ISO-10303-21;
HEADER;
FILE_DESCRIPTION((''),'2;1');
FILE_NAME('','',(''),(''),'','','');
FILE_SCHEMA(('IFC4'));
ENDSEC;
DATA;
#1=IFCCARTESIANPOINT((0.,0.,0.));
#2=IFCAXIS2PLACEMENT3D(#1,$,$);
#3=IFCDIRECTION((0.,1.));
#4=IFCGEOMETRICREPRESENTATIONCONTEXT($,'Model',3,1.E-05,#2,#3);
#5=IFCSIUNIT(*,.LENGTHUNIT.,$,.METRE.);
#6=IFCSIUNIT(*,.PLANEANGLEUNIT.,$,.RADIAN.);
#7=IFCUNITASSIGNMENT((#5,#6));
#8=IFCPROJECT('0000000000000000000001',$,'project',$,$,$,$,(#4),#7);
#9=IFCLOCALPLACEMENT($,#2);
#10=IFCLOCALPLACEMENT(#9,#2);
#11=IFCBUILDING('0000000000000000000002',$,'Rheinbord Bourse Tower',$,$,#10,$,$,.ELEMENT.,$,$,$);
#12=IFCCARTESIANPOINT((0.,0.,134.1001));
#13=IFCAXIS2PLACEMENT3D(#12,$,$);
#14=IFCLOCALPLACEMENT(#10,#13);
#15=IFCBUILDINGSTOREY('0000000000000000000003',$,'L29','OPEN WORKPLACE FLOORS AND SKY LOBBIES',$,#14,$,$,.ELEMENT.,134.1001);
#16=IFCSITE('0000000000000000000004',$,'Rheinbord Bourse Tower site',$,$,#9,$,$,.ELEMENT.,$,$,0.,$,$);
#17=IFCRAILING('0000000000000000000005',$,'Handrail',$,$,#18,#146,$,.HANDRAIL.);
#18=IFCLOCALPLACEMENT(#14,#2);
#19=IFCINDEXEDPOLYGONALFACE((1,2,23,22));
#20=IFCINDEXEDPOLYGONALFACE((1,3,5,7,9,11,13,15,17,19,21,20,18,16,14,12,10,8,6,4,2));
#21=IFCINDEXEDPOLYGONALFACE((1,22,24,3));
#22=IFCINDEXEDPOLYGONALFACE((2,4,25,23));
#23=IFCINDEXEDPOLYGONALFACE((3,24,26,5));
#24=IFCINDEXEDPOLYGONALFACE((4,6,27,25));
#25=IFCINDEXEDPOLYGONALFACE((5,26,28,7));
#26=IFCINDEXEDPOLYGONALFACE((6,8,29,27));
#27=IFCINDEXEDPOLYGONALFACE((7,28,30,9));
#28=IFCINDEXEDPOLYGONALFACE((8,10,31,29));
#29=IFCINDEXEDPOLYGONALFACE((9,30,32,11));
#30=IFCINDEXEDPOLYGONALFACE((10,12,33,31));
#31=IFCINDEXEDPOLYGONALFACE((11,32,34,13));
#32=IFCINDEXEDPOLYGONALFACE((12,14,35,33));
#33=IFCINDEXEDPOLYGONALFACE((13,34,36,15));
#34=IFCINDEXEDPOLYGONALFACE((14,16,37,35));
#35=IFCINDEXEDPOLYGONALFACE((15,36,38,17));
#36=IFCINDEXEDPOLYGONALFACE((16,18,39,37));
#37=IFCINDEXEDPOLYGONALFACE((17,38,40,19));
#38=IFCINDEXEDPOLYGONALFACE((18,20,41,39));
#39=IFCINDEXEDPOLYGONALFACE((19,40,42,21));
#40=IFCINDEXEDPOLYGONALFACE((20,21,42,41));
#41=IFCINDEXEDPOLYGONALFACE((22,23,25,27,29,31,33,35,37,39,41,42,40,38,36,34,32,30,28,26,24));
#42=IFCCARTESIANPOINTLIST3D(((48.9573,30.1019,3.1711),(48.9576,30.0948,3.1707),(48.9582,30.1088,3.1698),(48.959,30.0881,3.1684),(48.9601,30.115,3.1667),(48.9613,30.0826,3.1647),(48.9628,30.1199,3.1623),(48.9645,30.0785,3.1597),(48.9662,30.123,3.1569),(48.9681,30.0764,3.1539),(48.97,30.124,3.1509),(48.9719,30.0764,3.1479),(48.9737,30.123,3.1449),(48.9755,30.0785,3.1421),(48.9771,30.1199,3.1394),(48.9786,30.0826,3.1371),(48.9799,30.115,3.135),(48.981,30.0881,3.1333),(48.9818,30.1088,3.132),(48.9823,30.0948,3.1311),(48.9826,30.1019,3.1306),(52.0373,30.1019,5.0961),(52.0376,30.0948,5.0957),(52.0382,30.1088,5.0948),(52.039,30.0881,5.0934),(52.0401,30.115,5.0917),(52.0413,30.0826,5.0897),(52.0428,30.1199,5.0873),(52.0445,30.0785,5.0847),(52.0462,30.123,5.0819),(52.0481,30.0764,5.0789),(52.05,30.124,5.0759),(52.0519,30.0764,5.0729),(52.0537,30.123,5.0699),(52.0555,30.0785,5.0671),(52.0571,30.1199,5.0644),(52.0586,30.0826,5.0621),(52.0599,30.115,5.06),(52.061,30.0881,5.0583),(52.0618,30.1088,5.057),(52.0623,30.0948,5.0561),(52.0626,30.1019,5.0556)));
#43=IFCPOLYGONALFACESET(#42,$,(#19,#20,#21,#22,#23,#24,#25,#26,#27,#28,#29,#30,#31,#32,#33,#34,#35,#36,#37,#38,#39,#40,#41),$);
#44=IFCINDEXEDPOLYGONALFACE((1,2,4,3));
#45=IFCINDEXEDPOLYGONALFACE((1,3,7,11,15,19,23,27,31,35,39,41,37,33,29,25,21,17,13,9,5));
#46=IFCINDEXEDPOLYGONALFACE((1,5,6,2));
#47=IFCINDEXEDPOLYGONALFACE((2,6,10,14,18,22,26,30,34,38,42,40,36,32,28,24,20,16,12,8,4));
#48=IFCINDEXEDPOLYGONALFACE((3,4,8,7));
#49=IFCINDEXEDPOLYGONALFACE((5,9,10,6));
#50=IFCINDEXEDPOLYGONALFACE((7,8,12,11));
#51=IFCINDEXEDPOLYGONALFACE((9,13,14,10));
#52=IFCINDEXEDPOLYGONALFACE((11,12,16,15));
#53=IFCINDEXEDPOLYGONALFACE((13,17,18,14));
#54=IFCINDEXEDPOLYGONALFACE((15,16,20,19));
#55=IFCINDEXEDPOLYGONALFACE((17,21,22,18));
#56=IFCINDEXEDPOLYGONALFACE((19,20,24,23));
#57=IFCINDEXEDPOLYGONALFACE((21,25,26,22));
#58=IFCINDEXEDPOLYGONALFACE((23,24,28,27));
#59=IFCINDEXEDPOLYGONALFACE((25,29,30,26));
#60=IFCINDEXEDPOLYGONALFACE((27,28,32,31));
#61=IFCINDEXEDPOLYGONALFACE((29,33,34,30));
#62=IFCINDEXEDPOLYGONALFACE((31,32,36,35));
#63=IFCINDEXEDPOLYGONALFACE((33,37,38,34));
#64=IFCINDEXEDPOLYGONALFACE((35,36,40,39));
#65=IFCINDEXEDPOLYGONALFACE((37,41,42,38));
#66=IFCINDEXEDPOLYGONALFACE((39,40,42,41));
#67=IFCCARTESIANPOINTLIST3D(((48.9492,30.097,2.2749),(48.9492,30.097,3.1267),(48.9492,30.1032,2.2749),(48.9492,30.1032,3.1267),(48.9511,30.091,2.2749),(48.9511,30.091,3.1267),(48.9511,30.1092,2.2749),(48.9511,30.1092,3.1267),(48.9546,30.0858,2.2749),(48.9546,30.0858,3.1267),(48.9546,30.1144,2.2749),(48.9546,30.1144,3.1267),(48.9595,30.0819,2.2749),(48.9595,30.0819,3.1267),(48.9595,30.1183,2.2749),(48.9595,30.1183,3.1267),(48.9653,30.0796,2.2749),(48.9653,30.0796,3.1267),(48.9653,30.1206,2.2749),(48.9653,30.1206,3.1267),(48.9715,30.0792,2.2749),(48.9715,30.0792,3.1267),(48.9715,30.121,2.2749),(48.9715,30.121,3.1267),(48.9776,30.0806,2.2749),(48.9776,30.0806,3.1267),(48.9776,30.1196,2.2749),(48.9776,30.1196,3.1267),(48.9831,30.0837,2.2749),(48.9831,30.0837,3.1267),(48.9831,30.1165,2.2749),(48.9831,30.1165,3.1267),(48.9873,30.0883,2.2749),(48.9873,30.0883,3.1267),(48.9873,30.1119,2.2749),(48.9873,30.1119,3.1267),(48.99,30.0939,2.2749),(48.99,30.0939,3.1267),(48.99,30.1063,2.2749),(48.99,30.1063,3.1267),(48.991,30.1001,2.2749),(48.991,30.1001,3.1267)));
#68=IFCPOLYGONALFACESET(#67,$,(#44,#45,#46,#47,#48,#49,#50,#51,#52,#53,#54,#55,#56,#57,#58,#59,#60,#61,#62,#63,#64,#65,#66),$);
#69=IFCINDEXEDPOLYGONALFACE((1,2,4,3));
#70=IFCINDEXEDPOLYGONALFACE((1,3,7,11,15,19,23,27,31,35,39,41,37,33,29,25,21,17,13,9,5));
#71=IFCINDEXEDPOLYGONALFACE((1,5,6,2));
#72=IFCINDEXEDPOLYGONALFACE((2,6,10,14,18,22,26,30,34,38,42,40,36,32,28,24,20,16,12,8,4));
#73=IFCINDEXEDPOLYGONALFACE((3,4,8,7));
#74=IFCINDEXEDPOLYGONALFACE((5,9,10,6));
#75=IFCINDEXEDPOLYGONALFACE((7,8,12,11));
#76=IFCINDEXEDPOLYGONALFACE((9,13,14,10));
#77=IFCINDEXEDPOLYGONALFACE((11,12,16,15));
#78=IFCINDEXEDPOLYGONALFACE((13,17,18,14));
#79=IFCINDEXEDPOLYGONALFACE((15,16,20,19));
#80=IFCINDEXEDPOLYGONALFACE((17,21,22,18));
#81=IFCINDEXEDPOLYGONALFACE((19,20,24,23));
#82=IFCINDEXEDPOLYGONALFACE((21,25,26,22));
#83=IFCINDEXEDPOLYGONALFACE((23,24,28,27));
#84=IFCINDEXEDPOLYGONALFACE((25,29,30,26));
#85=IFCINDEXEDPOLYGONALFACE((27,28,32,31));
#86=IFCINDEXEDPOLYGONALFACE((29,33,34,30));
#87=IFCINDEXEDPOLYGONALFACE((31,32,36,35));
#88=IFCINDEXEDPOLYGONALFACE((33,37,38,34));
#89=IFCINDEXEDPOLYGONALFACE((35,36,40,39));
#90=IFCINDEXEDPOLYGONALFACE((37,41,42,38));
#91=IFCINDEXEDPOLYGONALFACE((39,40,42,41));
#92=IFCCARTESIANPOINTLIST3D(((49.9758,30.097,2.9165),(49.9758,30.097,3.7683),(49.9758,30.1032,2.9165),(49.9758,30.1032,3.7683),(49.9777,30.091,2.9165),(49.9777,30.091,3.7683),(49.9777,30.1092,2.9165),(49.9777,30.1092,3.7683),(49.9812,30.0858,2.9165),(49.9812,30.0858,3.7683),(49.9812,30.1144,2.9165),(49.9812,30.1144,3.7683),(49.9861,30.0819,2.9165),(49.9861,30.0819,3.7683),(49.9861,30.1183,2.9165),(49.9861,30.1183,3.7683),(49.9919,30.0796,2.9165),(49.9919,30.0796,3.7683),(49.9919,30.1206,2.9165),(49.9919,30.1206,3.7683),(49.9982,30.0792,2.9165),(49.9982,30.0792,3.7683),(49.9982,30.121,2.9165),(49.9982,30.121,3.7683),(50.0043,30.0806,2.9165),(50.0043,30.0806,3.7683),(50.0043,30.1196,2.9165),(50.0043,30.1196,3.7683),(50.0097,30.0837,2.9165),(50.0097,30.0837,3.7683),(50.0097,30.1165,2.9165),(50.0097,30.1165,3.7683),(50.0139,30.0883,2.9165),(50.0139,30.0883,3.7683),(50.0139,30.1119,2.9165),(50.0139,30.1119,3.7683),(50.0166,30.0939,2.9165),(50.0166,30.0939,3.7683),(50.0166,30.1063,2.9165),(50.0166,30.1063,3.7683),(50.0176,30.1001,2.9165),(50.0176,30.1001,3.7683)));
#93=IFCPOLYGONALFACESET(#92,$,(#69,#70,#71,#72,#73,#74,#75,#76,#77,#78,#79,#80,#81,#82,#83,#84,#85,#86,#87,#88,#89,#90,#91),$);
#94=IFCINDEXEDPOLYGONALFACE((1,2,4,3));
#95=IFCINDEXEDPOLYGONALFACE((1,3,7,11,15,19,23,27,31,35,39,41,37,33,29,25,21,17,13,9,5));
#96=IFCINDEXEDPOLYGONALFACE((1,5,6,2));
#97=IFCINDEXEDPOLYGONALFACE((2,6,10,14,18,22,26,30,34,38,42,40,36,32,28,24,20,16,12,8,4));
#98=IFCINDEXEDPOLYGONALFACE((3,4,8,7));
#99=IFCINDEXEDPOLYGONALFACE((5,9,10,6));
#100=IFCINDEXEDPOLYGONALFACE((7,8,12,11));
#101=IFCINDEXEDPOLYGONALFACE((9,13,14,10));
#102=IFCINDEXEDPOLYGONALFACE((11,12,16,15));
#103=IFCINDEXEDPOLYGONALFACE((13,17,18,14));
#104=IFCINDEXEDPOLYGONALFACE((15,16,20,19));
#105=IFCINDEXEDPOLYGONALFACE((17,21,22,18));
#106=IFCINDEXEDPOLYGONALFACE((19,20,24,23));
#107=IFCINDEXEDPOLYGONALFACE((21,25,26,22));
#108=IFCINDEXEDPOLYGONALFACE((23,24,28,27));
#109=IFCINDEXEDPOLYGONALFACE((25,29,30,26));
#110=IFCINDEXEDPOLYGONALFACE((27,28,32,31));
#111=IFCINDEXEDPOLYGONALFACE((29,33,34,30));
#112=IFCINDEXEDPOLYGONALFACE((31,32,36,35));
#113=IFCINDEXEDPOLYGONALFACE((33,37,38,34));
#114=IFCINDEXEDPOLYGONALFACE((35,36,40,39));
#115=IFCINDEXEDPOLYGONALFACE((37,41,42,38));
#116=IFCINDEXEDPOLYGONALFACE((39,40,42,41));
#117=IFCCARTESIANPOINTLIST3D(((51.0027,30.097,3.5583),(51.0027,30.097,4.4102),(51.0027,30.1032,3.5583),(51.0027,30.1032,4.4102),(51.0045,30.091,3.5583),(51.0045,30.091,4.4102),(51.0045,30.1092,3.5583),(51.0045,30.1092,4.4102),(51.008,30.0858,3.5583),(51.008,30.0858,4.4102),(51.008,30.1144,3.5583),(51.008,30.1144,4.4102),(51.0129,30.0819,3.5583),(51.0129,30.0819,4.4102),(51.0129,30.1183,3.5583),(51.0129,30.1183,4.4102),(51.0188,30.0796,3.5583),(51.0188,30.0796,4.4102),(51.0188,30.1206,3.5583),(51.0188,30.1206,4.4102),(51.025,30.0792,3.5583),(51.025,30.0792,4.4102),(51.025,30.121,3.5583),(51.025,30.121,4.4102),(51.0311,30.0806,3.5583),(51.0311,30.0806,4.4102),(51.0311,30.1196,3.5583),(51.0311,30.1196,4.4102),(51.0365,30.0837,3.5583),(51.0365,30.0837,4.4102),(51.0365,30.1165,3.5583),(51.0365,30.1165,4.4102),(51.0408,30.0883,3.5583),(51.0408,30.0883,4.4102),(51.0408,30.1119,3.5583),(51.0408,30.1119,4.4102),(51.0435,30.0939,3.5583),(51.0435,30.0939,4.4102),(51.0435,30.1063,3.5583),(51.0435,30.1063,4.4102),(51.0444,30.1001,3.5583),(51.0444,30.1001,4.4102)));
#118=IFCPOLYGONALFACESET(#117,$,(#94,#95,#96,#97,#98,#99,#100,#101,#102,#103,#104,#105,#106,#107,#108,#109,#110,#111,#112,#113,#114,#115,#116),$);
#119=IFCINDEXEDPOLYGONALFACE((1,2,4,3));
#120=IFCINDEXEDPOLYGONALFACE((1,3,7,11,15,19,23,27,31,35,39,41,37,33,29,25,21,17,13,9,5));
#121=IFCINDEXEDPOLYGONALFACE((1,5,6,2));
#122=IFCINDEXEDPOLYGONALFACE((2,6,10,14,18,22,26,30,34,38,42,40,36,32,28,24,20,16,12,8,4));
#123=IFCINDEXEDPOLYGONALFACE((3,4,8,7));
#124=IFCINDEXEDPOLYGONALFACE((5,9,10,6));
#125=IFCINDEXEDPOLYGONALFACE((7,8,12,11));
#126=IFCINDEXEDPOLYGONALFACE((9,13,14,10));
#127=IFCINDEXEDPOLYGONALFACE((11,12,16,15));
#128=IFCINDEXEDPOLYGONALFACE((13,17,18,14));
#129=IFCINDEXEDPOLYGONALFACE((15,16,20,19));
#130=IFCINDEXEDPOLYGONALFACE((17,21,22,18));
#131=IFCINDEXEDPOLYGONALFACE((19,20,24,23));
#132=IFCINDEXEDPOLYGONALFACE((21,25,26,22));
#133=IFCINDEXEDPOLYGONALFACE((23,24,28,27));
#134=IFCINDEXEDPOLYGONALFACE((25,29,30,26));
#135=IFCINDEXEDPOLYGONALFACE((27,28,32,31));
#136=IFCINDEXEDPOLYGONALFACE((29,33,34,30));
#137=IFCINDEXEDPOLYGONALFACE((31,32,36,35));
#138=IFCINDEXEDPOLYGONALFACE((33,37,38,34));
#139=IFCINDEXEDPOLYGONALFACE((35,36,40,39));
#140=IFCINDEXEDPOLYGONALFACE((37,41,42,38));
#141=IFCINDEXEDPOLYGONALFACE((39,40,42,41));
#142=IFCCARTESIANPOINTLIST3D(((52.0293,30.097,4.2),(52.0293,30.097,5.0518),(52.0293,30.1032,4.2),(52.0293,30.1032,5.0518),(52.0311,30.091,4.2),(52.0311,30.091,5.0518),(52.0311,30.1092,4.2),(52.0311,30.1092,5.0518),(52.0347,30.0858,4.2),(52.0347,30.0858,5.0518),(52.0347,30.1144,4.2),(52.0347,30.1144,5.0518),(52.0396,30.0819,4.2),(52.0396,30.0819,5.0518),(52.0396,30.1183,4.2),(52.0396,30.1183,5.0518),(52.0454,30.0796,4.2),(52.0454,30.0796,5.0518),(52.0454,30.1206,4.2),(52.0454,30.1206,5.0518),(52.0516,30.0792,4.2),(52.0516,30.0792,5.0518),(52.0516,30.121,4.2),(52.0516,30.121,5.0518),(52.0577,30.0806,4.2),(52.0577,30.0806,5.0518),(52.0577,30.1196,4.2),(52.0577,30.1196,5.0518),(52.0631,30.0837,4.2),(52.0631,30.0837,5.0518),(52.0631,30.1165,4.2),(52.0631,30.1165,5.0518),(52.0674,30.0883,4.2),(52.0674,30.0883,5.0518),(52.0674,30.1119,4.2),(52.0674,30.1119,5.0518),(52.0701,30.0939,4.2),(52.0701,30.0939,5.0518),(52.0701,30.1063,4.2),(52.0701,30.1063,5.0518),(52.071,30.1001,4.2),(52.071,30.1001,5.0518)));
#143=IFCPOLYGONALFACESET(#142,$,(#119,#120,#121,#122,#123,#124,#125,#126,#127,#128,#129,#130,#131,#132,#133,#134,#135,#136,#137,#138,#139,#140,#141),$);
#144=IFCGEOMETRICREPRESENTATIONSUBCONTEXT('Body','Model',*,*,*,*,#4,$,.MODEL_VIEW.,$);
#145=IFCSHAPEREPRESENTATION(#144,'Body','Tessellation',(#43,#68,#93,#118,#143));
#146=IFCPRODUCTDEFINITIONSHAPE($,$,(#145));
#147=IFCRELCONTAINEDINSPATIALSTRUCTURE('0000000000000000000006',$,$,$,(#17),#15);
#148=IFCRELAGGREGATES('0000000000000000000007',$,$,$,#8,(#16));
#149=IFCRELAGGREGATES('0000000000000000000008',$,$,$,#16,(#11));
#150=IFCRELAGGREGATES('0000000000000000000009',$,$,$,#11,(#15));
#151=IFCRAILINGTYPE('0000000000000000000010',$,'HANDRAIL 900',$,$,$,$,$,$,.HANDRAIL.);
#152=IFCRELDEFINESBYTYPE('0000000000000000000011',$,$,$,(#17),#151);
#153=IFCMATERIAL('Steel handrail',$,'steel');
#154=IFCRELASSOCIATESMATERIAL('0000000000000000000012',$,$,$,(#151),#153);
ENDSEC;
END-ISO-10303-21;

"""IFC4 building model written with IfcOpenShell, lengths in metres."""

from ifc_helpers import new_model, si_unit, direction, frame, origin, origin_2d, place, context, subcontext, project, spatial, circle, extrude, material, type_object, element, save


model = new_model("IFC4")

# Units and contexts
model_context = context("Model", 3, precision=1e-05, world=origin(), true_north=direction((0.0, 1.0)))
body_context = subcontext(model_context, "Body", "Model", "MODEL_VIEW")
ifc_project = project(units=[si_unit("LENGTHUNIT", "METRE"), si_unit("PLANEANGLEUNIT", "RADIAN")], contexts=[model_context])

# Site, building, storey
site_placement = place(None, origin())
site = spatial("IfcSite", under=ifc_project, at=site_placement, Name="Rheinbord Bourse Tower site", CompositionType="ELEMENT", RefElevation=0.0)
building_placement = place(site_placement, origin())
building = spatial("IfcBuilding", under=site, at=building_placement, Name="Rheinbord Bourse Tower", CompositionType="ELEMENT")
storey_placement = place(building_placement, frame((0.0, 0.0, 134.1001)))
storey = spatial("IfcBuildingStorey", under=building, at=storey_placement, Name="L29", Description="OPEN WORKPLACE FLOORS AND SKY LOBBIES", CompositionType="ELEMENT", Elevation=134.1001)

# Railing
ifc_material_1 = material(Name="Steel handrail", Category="steel")
railing_type = type_object("IfcRailingType", Name="HANDRAIL 900", PredefinedType="HANDRAIL", material=ifc_material_1)
railing_1_placement = place(storey_placement, frame((48.97, 30.1001, 2.2749)))
element("IfcRailing", 1, at=railing_1_placement, inside=storey, type_object=railing_type, Name="Handrail", PredefinedType="HANDRAIL", context=body_context, shape_type="SweptSolid", body=[
    extrude(circle(Radius=0.0239, at=origin_2d()), frame((0.0, 0.0, 0.876), z_axis=(0.847998, 0.0, 0.529999), x_axis=(0.0, 1.0, 0.0)), (0.0, 0.0, 1.0), 3.6321),
    extrude(circle(Radius=0.021, at=origin_2d()), origin(), (0.0, 0.0, 1.0), 0.8518),
    extrude(circle(Radius=0.021, at=origin_2d()), frame((1.0266, 0.0, 0.6416)), (0.0, 0.0, 1.0), 0.8518),
    extrude(circle(Radius=0.021, at=origin_2d()), frame((2.0535, 0.0, 1.2834)), (0.0, 0.0, 1.0), 0.8518),
    extrude(circle(Radius=0.021, at=origin_2d()), frame((3.0801, 0.0, 1.925)), (0.0, 0.0, 1.0), 0.8518),
])

save(model, "model.ifc")
